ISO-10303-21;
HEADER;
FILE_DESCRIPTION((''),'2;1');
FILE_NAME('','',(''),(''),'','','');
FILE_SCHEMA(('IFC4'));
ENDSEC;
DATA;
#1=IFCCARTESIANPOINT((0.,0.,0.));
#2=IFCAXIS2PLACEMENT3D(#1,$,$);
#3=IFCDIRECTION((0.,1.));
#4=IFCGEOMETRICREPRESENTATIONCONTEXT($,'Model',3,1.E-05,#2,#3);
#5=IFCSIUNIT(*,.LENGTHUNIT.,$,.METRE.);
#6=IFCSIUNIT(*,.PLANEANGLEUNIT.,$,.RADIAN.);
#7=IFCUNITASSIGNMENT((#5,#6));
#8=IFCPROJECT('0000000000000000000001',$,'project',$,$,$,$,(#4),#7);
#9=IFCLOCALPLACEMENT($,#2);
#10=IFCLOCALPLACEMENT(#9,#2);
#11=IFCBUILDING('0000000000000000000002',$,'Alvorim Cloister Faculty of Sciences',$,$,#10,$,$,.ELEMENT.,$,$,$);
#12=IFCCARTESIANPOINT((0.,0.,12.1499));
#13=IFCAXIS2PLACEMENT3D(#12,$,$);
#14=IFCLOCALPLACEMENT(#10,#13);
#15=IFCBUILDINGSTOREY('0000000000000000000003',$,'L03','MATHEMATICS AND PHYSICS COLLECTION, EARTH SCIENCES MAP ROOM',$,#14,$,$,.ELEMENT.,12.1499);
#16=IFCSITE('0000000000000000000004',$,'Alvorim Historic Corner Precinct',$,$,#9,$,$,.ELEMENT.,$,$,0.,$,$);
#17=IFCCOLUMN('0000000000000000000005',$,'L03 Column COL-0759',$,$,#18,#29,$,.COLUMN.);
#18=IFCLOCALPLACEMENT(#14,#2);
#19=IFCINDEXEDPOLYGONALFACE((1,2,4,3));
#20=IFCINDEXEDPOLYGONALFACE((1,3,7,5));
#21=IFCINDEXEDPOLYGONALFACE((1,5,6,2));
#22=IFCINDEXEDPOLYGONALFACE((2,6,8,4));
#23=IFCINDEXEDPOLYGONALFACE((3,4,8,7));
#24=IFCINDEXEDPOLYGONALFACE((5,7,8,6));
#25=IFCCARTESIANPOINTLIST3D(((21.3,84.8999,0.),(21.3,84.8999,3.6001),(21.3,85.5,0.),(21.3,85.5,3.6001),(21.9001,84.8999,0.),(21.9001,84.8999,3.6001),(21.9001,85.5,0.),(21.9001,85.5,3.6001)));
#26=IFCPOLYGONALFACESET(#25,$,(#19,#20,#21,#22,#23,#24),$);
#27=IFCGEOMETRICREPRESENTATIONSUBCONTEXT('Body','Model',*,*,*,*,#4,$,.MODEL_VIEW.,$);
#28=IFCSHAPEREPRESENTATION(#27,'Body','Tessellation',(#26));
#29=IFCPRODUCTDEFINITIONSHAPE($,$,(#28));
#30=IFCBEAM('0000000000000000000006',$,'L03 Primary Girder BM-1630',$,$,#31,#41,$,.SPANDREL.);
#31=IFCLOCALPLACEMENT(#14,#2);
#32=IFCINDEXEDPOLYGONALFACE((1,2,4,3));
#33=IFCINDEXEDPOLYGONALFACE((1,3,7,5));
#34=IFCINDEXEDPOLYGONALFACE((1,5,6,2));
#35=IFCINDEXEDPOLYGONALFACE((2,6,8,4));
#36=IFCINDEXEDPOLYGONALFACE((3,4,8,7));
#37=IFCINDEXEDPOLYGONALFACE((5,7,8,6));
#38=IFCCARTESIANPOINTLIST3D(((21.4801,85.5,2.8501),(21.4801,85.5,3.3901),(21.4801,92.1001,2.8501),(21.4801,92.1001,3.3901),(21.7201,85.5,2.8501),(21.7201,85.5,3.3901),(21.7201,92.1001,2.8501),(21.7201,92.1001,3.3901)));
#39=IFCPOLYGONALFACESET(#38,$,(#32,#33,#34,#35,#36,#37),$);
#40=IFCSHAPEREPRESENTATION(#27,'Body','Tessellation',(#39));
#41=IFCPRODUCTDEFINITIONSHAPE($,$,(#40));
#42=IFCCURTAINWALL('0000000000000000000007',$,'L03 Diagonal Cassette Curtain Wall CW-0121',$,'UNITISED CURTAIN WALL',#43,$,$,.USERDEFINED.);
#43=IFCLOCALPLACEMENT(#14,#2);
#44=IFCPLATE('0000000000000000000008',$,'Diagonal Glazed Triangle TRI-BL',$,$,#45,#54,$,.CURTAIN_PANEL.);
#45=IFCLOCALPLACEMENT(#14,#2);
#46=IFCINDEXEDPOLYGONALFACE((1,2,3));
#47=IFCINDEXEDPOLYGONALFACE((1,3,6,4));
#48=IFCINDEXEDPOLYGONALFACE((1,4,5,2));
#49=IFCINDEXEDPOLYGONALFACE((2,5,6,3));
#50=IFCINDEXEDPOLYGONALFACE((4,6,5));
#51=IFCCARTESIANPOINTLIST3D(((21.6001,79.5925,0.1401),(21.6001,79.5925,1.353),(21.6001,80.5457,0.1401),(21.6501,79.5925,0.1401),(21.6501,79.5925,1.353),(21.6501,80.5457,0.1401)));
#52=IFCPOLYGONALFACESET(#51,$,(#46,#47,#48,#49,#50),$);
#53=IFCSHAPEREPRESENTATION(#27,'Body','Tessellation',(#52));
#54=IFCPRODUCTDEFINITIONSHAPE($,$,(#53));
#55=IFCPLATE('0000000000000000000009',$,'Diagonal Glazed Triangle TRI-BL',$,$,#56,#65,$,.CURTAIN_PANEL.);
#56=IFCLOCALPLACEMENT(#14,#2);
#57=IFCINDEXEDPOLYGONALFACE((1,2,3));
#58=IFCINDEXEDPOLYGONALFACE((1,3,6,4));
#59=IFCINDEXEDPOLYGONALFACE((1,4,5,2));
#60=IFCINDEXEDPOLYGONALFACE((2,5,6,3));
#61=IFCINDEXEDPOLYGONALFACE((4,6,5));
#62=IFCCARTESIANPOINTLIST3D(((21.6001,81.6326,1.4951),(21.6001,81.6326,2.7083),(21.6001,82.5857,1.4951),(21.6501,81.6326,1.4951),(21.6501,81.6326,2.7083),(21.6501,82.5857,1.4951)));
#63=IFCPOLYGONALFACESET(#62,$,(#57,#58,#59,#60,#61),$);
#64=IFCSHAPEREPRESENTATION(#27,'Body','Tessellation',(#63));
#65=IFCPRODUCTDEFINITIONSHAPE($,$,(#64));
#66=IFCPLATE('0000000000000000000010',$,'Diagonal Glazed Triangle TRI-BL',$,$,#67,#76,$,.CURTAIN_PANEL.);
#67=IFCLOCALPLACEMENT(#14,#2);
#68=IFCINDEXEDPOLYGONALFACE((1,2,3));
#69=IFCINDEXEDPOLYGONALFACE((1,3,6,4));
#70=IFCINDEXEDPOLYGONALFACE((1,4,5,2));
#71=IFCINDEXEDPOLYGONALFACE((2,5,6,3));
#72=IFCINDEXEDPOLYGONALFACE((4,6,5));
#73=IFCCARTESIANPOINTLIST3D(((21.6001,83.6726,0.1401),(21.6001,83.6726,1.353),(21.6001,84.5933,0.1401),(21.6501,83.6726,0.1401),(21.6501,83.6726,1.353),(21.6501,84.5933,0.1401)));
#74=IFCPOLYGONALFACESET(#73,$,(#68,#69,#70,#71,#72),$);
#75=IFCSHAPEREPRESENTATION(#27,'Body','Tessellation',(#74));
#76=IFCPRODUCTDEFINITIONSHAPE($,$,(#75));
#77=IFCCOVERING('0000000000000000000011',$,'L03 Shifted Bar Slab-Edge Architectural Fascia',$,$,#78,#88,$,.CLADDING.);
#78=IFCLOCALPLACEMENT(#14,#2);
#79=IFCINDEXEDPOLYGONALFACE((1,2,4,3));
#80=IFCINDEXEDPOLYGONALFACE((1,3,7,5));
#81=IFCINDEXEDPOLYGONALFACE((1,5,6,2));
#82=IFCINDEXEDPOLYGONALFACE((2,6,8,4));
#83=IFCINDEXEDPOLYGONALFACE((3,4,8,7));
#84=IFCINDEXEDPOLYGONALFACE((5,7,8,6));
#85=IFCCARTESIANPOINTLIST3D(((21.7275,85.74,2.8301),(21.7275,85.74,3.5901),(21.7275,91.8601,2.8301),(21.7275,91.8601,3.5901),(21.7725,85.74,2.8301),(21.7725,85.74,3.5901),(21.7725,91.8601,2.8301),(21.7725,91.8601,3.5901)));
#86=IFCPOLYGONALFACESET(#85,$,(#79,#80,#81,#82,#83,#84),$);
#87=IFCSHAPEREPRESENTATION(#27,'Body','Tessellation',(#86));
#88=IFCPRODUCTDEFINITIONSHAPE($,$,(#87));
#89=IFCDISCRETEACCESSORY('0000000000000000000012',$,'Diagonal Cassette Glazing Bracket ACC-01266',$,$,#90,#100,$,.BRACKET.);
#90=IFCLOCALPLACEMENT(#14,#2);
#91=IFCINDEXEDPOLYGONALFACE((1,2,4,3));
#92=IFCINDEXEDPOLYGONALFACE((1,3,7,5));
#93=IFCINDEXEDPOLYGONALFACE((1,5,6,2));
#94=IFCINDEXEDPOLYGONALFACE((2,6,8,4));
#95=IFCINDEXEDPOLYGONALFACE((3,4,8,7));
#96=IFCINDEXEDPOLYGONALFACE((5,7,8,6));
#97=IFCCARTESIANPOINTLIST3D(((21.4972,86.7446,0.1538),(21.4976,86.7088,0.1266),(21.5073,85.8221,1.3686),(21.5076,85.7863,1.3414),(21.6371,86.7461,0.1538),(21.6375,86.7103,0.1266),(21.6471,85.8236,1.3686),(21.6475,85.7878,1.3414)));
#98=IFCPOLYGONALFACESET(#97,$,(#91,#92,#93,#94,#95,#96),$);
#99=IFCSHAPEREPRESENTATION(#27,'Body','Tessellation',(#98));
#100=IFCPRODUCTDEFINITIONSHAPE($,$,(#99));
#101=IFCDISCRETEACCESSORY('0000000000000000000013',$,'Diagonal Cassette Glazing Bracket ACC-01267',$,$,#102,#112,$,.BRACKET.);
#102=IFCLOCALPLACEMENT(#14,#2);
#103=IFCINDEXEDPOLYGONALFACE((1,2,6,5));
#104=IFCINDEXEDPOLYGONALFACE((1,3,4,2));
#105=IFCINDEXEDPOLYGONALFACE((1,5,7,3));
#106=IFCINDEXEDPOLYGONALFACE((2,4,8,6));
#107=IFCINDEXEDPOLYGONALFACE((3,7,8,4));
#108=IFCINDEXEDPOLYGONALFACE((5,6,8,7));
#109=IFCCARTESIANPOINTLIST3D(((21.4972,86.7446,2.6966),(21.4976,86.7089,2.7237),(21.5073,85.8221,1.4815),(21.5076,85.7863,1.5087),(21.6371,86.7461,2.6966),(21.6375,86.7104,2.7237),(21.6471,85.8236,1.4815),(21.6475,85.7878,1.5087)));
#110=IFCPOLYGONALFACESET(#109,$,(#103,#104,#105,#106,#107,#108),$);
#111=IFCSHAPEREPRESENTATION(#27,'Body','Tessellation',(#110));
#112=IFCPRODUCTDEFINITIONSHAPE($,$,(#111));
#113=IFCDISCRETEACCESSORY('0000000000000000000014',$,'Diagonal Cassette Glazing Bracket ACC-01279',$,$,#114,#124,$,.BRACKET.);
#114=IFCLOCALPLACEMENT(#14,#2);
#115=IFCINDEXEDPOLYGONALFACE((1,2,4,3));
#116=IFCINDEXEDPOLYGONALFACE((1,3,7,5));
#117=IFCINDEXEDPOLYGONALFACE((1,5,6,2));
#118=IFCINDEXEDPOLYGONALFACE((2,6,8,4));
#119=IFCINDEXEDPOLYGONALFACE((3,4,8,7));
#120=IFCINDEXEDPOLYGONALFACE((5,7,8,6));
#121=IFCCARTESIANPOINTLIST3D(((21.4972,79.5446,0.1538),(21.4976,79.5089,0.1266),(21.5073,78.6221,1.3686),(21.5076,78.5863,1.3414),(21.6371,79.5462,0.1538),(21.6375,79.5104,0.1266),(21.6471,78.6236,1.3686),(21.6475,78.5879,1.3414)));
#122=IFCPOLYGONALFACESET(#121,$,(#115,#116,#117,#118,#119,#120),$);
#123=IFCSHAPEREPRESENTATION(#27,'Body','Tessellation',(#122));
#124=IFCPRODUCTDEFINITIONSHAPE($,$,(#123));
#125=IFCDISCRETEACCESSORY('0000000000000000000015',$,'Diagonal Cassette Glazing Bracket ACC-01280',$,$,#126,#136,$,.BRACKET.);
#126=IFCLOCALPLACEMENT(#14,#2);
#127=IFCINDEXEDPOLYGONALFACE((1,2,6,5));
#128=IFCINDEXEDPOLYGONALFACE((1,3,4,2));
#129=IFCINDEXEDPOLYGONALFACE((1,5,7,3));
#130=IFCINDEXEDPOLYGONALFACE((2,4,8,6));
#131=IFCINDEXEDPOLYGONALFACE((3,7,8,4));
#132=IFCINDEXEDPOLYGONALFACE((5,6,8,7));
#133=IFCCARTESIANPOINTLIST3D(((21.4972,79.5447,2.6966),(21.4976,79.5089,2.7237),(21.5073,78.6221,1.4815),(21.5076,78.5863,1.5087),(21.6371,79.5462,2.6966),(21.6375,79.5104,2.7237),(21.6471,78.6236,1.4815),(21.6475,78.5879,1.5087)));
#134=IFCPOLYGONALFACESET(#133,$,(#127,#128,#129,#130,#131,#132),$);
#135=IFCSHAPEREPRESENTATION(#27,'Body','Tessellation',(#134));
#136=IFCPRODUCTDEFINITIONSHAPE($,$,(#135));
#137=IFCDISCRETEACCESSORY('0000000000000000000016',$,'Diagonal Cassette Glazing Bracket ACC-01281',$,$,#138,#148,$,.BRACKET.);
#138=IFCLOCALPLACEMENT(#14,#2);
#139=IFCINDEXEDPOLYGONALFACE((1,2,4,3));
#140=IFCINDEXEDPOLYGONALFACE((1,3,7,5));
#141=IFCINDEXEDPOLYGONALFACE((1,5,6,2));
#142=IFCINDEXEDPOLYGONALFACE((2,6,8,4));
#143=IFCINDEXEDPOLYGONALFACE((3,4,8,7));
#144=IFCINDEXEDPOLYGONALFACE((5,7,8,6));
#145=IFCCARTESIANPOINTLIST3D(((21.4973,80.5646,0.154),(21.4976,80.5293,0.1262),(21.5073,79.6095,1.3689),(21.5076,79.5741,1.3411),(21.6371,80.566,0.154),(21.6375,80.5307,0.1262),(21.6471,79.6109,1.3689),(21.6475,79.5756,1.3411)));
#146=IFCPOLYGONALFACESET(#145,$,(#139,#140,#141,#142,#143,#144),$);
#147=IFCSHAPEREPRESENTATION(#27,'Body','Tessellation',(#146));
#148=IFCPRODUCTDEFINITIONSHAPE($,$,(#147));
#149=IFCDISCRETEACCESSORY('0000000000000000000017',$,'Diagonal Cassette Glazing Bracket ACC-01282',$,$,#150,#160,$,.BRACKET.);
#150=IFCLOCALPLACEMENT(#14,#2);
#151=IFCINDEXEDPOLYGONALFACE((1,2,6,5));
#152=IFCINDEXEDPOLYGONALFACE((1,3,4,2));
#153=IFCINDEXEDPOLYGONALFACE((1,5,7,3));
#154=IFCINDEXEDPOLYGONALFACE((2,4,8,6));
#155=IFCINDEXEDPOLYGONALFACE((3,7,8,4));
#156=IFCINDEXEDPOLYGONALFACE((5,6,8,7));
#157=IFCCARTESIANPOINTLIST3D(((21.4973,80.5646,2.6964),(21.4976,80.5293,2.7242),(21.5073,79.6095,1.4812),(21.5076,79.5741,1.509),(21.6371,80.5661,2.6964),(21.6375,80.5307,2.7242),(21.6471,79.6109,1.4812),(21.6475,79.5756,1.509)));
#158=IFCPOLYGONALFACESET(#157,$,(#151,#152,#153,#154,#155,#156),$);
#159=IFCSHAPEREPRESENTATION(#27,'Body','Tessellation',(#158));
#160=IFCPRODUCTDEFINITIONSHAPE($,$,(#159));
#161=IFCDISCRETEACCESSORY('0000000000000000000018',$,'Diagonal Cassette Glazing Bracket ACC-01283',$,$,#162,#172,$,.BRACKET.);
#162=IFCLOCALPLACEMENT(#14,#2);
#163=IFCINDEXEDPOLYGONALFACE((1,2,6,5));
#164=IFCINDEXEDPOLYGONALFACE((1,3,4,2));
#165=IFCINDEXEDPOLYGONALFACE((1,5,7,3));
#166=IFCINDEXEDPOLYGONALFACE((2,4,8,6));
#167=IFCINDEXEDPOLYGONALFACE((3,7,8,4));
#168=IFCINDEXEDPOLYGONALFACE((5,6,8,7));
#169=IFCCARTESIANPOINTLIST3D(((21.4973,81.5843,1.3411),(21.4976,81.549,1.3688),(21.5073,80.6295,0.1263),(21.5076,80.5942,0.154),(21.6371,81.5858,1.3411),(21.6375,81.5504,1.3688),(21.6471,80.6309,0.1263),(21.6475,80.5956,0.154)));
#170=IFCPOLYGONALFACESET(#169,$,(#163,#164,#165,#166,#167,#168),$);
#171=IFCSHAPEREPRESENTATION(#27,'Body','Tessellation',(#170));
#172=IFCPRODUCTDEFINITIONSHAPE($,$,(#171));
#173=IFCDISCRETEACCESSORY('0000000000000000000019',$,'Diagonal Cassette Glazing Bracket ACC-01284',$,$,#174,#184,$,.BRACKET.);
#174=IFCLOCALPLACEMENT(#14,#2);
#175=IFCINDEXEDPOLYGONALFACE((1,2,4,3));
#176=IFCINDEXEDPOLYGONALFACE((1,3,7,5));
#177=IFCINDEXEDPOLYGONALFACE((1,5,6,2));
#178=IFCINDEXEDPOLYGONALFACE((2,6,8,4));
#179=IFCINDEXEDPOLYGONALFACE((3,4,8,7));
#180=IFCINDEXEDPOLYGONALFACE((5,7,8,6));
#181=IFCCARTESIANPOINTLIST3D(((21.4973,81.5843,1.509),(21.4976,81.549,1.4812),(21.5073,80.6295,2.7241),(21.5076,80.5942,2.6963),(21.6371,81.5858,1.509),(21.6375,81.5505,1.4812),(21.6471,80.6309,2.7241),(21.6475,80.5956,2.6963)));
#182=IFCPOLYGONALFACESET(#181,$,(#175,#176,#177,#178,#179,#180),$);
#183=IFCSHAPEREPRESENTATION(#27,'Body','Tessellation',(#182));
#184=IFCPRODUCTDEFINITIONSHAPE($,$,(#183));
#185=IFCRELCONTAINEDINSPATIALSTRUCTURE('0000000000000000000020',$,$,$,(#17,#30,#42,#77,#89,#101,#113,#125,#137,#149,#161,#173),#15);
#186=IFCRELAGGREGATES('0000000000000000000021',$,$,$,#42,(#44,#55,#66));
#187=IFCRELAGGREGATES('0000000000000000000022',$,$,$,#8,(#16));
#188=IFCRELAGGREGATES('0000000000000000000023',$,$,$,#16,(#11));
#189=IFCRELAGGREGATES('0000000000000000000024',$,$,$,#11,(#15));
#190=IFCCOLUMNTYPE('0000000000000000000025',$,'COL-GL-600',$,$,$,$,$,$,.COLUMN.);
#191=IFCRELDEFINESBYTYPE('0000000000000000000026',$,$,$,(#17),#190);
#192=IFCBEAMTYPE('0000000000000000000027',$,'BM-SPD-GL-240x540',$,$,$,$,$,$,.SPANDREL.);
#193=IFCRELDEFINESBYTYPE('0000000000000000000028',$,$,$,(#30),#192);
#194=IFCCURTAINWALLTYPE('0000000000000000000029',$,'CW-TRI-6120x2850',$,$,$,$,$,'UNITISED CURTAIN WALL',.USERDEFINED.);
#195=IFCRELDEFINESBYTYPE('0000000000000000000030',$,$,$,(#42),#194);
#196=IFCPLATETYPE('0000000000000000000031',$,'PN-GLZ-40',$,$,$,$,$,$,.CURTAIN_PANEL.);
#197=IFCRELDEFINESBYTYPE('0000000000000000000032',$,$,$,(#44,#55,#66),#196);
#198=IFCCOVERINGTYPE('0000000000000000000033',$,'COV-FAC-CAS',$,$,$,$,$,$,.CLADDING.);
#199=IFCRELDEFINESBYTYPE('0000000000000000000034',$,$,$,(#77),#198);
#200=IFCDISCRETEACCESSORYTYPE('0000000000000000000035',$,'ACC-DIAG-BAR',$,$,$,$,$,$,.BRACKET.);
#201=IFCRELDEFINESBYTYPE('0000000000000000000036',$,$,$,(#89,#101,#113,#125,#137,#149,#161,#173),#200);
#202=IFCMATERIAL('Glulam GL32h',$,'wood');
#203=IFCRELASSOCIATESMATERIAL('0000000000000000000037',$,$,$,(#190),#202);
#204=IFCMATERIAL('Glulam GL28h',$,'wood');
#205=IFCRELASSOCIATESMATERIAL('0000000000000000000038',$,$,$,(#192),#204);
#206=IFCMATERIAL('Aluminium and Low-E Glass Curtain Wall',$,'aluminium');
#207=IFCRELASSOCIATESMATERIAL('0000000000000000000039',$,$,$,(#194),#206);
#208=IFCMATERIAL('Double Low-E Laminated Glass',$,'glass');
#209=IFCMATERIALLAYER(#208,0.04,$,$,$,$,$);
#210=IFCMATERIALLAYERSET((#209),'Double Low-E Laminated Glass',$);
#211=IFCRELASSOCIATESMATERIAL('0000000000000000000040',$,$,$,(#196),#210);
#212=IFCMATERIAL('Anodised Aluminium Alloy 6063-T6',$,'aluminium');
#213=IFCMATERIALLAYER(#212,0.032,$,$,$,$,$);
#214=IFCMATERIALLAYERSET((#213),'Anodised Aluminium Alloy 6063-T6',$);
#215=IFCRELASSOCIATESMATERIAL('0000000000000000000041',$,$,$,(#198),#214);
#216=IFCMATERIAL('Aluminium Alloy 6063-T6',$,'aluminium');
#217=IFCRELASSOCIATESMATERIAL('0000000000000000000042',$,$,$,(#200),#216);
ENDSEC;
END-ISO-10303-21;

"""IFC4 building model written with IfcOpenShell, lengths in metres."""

from ifc_helpers import new_model, si_unit, direction, frame, origin, origin_2d, place, context, subcontext, project, spatial, polyline, rectangle, outline, extrude, material, layer, layer_set, material_profile, profile_set, type_object, element, aggregate, save


model = new_model("IFC4")

# Units and contexts
model_context = context("Model", 3, precision=1e-05, world=origin(), true_north=direction((0.0, 1.0)))
body_context = subcontext(model_context, "Body", "Model", "MODEL_VIEW")
ifc_project = project(units=[si_unit("LENGTHUNIT", "METRE"), si_unit("PLANEANGLEUNIT", "RADIAN")], contexts=[model_context])

# Site, building, storey
site_placement = place(None, origin())
site = spatial("IfcSite", under=ifc_project, at=site_placement, Name="Alvorim Historic Corner Precinct", CompositionType="ELEMENT", RefElevation=0.0)
building_placement = place(site_placement, origin())
building = spatial("IfcBuilding", under=site, at=building_placement, Name="Alvorim Cloister Faculty of Sciences", CompositionType="ELEMENT")
storey_placement = place(building_placement, frame((0.0, 0.0, 12.1499)))
storey = spatial("IfcBuildingStorey", under=building, at=storey_placement, Name="L03", Description="MATHEMATICS AND PHYSICS COLLECTION, EARTH SCIENCES MAP ROOM", CompositionType="ELEMENT", Elevation=12.1499)

# Column
ifc_material_1 = material(Name="Glulam GL32h", Category="wood")
ifc_material_profile_1 = material_profile(ifc_material_1, rectangle(XDim=0.6001, YDim=0.6001, at=origin_2d()), Name="GL32-COL-600x600")
ifc_profile_set_1 = profile_set([ifc_material_profile_1], Name="Glulam GL32h")
column_type = type_object("IfcColumnType", Name="COL-GL-600", PredefinedType="COLUMN", material=ifc_profile_set_1)
column_placement = place(storey_placement, frame((21.6001, 85.2, 0.0), z_axis=(0.0, 0.0, 1.0), x_axis=(1.0, 0.0, 0.0)))
element("IfcColumn", 1, at=column_placement, inside=storey, type_object=column_type, Name="L03 Column COL-0759", PredefinedType="COLUMN", context=body_context, shape_type="SweptSolid", body=[
    extrude(rectangle(XDim=0.6001, YDim=0.6001, at=origin_2d()), origin(), (0.0, 0.0, 1.0), 3.6001),
])

# Beam
ifc_material_2 = material(Name="Glulam GL28h", Category="wood")
ifc_material_profile_2 = material_profile(ifc_material_2, rectangle(XDim=0.24, YDim=0.54, at=origin_2d()), Name="GL28-SPD-240x540")
ifc_profile_set_2 = profile_set([ifc_material_profile_2], Name="Glulam GL28h")
beam_type = type_object("IfcBeamType", Name="BM-SPD-GL-240x540", PredefinedType="SPANDREL", material=ifc_profile_set_2)
beam_placement = place(storey_placement, frame((21.6001, 85.5, 3.1201), z_axis=(0.0, 1.0, 0.0), x_axis=(-1.0, 0.0, 0.0)))
element("IfcBeam", 2, at=beam_placement, inside=storey, type_object=beam_type, Name="L03 Primary Girder BM-1630", PredefinedType="SPANDREL", context=body_context, shape_type="SweptSolid", body=[
    extrude(rectangle(XDim=0.24, YDim=0.54, at=origin_2d()), origin(), (0.0, 0.0, 1.0), 6.6001),
])

# Curtain wall, plates
ifc_material_3 = material(Name="Aluminium and Low-E Glass Curtain Wall", Category="aluminium")
curtain_wall_type = type_object("IfcCurtainWallType", Name="CW-TRI-6120x2850", ElementType="UNITISED CURTAIN WALL", PredefinedType="USERDEFINED", material=ifc_material_3)
curtain_wall_placement = place(storey_placement, origin())
curtain_wall = element("IfcCurtainWall", 3, at=curtain_wall_placement, inside=storey, type_object=curtain_wall_type, Name="L03 Diagonal Cassette Curtain Wall CW-0121", ObjectType="UNITISED CURTAIN WALL", PredefinedType="USERDEFINED")
ifc_material_4 = material(Name="Double Low-E Laminated Glass", Category="glass")
ifc_layer_1 = layer(ifc_material_4, 0.04)
ifc_layer_set_1 = layer_set([ifc_layer_1], Name="Double Low-E Laminated Glass")
plate_type = type_object("IfcPlateType", Name="PN-GLZ-40", PredefinedType="CURTAIN_PANEL", material=ifc_layer_set_1)
plate_1_placement = place(storey_placement, frame((21.625, 79.5925, 0.1401), z_axis=(0.0, 0.0, 1.0), x_axis=(0.0, 1.0, 0.0)))
plate_1 = element("IfcPlate", 4, at=plate_1_placement, type_object=plate_type, Name="Diagonal Glazed Triangle TRI-BL", PredefinedType="CURTAIN_PANEL", context=body_context, shape_type="SweptSolid", body=[
    extrude(outline(polyline([(0.0, 0.0), (0.9531, 0.0), (0.0, 1.2129), (0.0, 0.0)])), frame((0.0, 0.0249, 0.0), z_axis=(0.0, -1.0, 0.0), x_axis=(1.0, 0.0, 0.0)), (0.0, 0.0, 1.0), 0.05),
])
plate_2_placement = place(storey_placement, frame((21.625, 81.6326, 1.4951), z_axis=(0.0, 0.0, 1.0), x_axis=(0.0, 1.0, 0.0)))
plate_2 = element("IfcPlate", 5, at=plate_2_placement, type_object=plate_type, Name="Diagonal Glazed Triangle TRI-BL", PredefinedType="CURTAIN_PANEL", context=body_context, shape_type="SweptSolid", body=[
    extrude(outline(polyline([(0.0, 0.0), (0.9531, 0.0), (0.0, 1.2131), (0.0, 0.0)])), frame((0.0, 0.0249, 0.0), z_axis=(0.0, -1.0, 0.0), x_axis=(1.0, 0.0, 0.0)), (0.0, 0.0, 1.0), 0.05),
])
plate_3_placement = place(storey_placement, frame((21.625, 83.6726, 0.1401), z_axis=(0.0, 0.0, 1.0), x_axis=(0.0, 1.0, 0.0)))
plate_3 = element("IfcPlate", 6, at=plate_3_placement, type_object=plate_type, Name="Diagonal Glazed Triangle TRI-BL", PredefinedType="CURTAIN_PANEL", context=body_context, shape_type="SweptSolid", body=[
    extrude(outline(polyline([(0.0, 0.0), (0.9207, 0.0), (0.0, 1.2129), (0.0, 0.0)])), frame((0.0, 0.0249, 0.0), z_axis=(0.0, -1.0, 0.0), x_axis=(1.0, 0.0, 0.0)), (0.0, 0.0, 1.0), 0.05),
])
aggregate(curtain_wall, [plate_1, plate_2, plate_3])

# Covering
ifc_material_5 = material(Name="Anodised Aluminium Alloy 6063-T6", Category="aluminium")
ifc_layer_2 = layer(ifc_material_5, 0.032)
ifc_layer_set_2 = layer_set([ifc_layer_2], Name="Anodised Aluminium Alloy 6063-T6")
covering_type = type_object("IfcCoveringType", Name="COV-FAC-CAS", PredefinedType="CLADDING", material=ifc_layer_set_2)
covering_placement = place(storey_placement, frame((21.75, 85.74, 2.8301), z_axis=(0.0, 0.0, 1.0), x_axis=(0.0, 1.0, 0.0)))
element("IfcCovering", 7, at=covering_placement, inside=storey, type_object=covering_type, Name="L03 Shifted Bar Slab-Edge Architectural Fascia", PredefinedType="CLADDING", context=body_context, shape_type="SweptSolid", body=[
    extrude(outline(polyline([(0.0, 0.0), (6.1201, 0.0), (6.1201, 0.76), (0.0, 0.76), (0.0, 0.0)])), frame((0.0, 0.0225, 0.0), z_axis=(0.0, -1.0, 0.0), x_axis=(1.0, 0.0, 0.0)), (0.0, 0.0, 1.0), 0.0449),
])

# Discrete accessories
ifc_material_6 = material(Name="Aluminium Alloy 6063-T6", Category="aluminium")
discrete_accessory_type = type_object("IfcDiscreteAccessoryType", Name="ACC-DIAG-BAR", PredefinedType="BRACKET", material=ifc_material_6)
discrete_accessory_1_placement = place(storey_placement, frame((21.5774, 85.8049, 1.355), z_axis=(-0.006562, 0.60479, -0.796358), x_axis=(-0.999941, -0.010849, 0.0)))
element("IfcDiscreteAccessory", 8, at=discrete_accessory_1_placement, inside=storey, type_object=discrete_accessory_type, Name="Diagonal Cassette Glazing Bracket ACC-01266", PredefinedType="BRACKET", context=body_context, shape_type="SweptSolid", body=[
    extrude(rectangle(XDim=0.1399, YDim=0.0449, at=origin_2d()), origin(), (0.0, 0.0, 1.0), 1.5254),
])
discrete_accessory_2_placement = place(storey_placement, frame((21.5774, 85.8049, 1.4951), z_axis=(-0.006561, 0.604713, 0.796416), x_axis=(-0.999941, -0.010849, 0.0)))
element("IfcDiscreteAccessory", 9, at=discrete_accessory_2_placement, inside=storey, type_object=discrete_accessory_type, Name="Diagonal Cassette Glazing Bracket ACC-01267", PredefinedType="BRACKET", context=body_context, shape_type="SweptSolid", body=[
    extrude(rectangle(XDim=0.1399, YDim=0.0449, at=origin_2d()), origin(), (0.0, 0.0, 1.0), 1.5256),
])
discrete_accessory_3_placement = place(storey_placement, frame((21.5774, 78.605, 1.355), z_axis=(-0.006562, 0.60479, -0.796358), x_axis=(-0.999941, -0.010849, 0.0)))
element("IfcDiscreteAccessory", 10, at=discrete_accessory_3_placement, inside=storey, type_object=discrete_accessory_type, Name="Diagonal Cassette Glazing Bracket ACC-01279", PredefinedType="BRACKET", context=body_context, shape_type="SweptSolid", body=[
    extrude(rectangle(XDim=0.1399, YDim=0.0449, at=origin_2d()), origin(), (0.0, 0.0, 1.0), 1.5254),
])
discrete_accessory_4_placement = place(storey_placement, frame((21.5774, 78.605, 1.4951), z_axis=(-0.006561, 0.604713, 0.796416), x_axis=(-0.999941, -0.010849, 0.0)))
element("IfcDiscreteAccessory", 11, at=discrete_accessory_4_placement, inside=storey, type_object=discrete_accessory_type, Name="Diagonal Cassette Glazing Bracket ACC-01280", PredefinedType="BRACKET", context=body_context, shape_type="SweptSolid", body=[
    extrude(rectangle(XDim=0.1399, YDim=0.0449, at=origin_2d()), origin(), (0.0, 0.0, 1.0), 1.5256),
])
discrete_accessory_5_placement = place(storey_placement, frame((21.5774, 79.5925, 1.355), z_axis=(-0.006477, 0.618032, -0.786126), x_axis=(-0.999945, -0.01048, 0.0)))
element("IfcDiscreteAccessory", 12, at=discrete_accessory_5_placement, inside=storey, type_object=discrete_accessory_type, Name="Diagonal Cassette Glazing Bracket ACC-01281", PredefinedType="BRACKET", context=body_context, shape_type="SweptSolid", body=[
    extrude(rectangle(XDim=0.1399, YDim=0.0449, at=origin_2d()), origin(), (0.0, 0.0, 1.0), 1.5454),
])
discrete_accessory_6_placement = place(storey_placement, frame((21.5774, 79.5925, 1.4951), z_axis=(-0.006477, 0.617955, 0.786187), x_axis=(-0.999945, -0.01048, 0.0)))
element("IfcDiscreteAccessory", 13, at=discrete_accessory_6_placement, inside=storey, type_object=discrete_accessory_type, Name="Diagonal Cassette Glazing Bracket ACC-01282", PredefinedType="BRACKET", context=body_context, shape_type="SweptSolid", body=[
    extrude(rectangle(XDim=0.1399, YDim=0.0449, at=origin_2d()), origin(), (0.0, 0.0, 1.0), 1.5457),
])
discrete_accessory_7_placement = place(storey_placement, frame((21.5774, 80.6125, 0.1401), z_axis=(-0.006478, 0.617934, 0.786203), x_axis=(-0.999945, -0.010483, 0.0)))
element("IfcDiscreteAccessory", 14, at=discrete_accessory_7_placement, inside=storey, type_object=discrete_accessory_type, Name="Diagonal Cassette Glazing Bracket ACC-01283", PredefinedType="BRACKET", context=body_context, shape_type="SweptSolid", body=[
    extrude(rectangle(XDim=0.1399, YDim=0.0449, at=origin_2d()), origin(), (0.0, 0.0, 1.0), 1.5452),
])
discrete_accessory_8_placement = place(storey_placement, frame((21.5774, 80.6125, 2.7102), z_axis=(-0.006477, 0.617857, -0.786263), x_axis=(-0.999945, -0.010483, 0.0)))
element("IfcDiscreteAccessory", 15, at=discrete_accessory_8_placement, inside=storey, type_object=discrete_accessory_type, Name="Diagonal Cassette Glazing Bracket ACC-01284", PredefinedType="BRACKET", context=body_context, shape_type="SweptSolid", body=[
    extrude(rectangle(XDim=0.1399, YDim=0.0449, at=origin_2d()), origin(), (0.0, 0.0, 1.0), 1.5454),
])

save(model, "model.ifc")
